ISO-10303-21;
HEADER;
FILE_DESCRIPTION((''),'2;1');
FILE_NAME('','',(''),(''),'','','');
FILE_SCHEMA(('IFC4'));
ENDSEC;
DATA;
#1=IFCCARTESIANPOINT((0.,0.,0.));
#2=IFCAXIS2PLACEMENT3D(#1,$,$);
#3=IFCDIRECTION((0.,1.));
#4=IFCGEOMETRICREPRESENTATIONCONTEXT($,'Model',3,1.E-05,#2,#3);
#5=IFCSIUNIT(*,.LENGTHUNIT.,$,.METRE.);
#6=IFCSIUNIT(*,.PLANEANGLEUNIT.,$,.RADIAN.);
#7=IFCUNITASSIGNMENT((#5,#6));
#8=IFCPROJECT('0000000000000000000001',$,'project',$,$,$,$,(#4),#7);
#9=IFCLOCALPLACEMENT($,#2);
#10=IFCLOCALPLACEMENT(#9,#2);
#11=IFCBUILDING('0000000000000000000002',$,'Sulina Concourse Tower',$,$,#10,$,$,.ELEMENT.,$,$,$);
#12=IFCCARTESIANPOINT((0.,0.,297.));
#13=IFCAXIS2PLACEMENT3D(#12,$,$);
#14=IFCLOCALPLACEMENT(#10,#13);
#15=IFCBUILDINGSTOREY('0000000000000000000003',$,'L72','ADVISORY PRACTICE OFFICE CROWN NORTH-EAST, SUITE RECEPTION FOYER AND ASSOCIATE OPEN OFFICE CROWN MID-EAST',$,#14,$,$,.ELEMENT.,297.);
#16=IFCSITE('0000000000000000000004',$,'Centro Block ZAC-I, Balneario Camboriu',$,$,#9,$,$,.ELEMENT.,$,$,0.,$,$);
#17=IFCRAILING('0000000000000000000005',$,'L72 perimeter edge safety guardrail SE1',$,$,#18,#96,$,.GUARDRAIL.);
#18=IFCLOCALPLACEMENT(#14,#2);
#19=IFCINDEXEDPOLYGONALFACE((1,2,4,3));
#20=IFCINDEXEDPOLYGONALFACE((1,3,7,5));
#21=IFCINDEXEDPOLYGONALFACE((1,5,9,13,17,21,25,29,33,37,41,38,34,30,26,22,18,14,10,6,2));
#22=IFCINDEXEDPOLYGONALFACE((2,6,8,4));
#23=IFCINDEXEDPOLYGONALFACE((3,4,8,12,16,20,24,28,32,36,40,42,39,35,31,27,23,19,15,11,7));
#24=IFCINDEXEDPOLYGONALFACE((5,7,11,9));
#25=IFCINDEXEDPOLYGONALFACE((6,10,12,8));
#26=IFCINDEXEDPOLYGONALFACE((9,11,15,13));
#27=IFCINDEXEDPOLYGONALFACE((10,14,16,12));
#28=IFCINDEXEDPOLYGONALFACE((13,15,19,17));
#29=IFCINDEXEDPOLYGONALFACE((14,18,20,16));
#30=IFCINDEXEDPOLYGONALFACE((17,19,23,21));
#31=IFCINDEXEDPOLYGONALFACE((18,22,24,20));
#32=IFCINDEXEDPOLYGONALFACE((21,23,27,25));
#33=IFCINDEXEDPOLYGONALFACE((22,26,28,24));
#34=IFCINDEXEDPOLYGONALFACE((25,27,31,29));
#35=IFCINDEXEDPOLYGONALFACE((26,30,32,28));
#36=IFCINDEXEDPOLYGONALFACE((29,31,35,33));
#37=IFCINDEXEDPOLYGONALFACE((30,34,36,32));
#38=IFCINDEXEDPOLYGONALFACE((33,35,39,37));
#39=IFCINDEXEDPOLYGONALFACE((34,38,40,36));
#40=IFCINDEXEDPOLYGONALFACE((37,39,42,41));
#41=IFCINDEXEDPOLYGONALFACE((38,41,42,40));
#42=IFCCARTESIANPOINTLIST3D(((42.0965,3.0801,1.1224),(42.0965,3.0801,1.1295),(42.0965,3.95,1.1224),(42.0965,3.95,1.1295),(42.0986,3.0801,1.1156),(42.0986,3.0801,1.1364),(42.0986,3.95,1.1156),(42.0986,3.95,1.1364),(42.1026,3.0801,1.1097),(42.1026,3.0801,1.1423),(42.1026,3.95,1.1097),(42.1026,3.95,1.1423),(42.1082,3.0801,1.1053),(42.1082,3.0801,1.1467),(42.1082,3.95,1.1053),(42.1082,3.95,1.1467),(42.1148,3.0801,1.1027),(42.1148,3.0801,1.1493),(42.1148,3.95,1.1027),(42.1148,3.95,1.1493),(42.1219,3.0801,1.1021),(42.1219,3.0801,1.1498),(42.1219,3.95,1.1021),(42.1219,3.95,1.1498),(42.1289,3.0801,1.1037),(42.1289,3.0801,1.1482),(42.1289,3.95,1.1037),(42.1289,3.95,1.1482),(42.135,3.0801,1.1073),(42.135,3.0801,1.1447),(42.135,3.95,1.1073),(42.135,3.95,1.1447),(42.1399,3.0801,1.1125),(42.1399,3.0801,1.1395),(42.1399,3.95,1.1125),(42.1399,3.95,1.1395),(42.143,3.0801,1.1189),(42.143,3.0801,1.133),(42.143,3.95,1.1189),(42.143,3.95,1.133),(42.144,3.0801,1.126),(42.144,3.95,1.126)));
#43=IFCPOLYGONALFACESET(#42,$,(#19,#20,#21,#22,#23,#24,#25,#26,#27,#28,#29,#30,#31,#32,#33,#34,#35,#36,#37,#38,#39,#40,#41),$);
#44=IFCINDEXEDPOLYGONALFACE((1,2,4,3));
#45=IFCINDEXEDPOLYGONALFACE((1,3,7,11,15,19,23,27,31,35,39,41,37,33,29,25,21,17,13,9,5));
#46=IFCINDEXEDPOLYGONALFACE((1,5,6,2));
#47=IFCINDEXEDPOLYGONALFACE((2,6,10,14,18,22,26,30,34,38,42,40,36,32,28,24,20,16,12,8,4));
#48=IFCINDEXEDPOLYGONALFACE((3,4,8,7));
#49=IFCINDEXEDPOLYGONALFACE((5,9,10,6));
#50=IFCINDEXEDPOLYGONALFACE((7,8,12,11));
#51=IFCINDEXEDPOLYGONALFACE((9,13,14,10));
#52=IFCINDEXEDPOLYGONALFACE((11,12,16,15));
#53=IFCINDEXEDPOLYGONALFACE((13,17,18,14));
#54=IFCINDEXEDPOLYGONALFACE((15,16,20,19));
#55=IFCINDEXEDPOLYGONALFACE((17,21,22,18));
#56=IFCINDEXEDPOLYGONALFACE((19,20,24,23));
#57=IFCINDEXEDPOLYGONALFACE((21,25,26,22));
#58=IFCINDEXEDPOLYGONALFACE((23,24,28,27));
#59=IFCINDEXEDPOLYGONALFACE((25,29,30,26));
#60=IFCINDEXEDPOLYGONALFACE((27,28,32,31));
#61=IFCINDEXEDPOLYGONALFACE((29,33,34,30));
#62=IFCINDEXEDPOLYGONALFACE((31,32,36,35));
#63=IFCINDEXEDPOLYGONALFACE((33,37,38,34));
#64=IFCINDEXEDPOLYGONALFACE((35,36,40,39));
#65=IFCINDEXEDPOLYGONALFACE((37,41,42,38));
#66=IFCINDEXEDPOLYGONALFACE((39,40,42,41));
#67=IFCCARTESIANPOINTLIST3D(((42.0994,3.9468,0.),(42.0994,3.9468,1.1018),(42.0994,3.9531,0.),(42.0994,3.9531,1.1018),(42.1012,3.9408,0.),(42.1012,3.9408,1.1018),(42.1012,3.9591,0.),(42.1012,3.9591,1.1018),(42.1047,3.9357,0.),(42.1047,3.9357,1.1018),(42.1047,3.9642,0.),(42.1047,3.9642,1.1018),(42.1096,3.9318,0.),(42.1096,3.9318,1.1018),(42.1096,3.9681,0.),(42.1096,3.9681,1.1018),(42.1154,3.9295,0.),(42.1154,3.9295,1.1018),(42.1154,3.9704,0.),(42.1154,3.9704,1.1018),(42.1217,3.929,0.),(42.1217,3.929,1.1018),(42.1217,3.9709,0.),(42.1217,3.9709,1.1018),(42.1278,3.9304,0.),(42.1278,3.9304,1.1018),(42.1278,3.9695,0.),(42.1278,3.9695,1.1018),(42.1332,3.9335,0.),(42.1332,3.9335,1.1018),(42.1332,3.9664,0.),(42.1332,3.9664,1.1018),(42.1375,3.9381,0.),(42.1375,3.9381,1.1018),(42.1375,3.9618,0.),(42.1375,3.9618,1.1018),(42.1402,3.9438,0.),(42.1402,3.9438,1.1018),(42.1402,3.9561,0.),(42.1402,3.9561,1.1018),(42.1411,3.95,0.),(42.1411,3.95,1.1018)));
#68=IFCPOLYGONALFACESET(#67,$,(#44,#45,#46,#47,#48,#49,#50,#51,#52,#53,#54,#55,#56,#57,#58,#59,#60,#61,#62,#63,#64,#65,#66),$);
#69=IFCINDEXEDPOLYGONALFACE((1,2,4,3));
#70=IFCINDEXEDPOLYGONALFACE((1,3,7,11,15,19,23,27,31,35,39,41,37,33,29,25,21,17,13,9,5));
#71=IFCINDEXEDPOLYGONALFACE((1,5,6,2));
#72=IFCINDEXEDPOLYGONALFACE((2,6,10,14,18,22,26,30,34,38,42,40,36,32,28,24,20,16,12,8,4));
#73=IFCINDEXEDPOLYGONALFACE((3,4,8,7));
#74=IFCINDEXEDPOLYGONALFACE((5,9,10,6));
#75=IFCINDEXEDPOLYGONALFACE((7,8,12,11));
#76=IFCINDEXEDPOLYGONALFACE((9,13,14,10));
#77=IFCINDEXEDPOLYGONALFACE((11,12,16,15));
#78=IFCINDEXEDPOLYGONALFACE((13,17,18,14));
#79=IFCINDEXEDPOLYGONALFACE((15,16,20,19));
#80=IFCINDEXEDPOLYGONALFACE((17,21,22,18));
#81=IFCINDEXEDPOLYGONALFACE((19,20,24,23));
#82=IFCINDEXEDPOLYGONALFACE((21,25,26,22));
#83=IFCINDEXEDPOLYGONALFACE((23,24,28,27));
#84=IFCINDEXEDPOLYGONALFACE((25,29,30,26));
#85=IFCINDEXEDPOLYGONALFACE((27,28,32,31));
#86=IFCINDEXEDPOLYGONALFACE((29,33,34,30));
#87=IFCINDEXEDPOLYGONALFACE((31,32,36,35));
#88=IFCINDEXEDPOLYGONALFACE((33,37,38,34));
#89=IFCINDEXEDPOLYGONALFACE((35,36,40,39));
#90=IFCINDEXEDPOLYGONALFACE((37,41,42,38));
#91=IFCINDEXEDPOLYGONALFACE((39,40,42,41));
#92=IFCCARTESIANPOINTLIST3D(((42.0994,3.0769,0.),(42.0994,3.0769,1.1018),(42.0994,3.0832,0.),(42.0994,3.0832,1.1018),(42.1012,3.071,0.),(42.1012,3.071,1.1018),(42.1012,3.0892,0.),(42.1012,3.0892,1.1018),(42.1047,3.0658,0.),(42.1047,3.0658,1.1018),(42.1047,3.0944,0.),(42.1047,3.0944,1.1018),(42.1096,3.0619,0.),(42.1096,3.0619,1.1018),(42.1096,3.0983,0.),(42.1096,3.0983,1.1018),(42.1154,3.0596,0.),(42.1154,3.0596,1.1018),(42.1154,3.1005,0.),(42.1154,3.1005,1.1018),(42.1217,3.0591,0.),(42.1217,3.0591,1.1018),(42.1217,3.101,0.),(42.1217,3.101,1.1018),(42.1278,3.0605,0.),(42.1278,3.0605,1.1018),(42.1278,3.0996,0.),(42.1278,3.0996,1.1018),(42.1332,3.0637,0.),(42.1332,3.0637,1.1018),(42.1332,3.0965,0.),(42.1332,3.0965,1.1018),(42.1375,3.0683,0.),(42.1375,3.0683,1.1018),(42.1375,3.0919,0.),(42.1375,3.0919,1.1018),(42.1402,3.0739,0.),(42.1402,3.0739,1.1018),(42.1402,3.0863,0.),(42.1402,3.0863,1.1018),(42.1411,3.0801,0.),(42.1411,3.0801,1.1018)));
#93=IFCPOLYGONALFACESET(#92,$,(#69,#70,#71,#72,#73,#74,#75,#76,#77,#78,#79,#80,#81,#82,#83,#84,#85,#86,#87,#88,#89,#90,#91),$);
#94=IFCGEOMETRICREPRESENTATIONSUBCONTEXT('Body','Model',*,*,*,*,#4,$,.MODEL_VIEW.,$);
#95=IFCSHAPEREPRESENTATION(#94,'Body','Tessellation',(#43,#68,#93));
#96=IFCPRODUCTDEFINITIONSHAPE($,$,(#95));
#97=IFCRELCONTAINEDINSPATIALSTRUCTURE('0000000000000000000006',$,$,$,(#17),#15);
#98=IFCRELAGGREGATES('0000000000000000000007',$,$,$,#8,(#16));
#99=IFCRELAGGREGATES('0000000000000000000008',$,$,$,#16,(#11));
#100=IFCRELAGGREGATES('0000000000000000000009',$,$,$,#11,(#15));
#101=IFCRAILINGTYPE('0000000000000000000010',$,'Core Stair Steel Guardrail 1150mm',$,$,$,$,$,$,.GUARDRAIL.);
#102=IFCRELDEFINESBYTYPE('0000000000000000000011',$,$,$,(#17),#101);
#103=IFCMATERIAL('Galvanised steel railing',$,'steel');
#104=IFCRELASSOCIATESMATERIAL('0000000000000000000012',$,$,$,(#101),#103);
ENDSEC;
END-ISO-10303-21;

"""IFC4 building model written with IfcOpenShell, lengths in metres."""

from ifc_helpers import new_model, si_unit, direction, frame, origin, origin_2d, place, context, subcontext, project, spatial, circle, extrude, material, type_object, element, save


model = new_model("IFC4")

# Units and contexts
model_context = context("Model", 3, precision=1e-05, world=origin(), true_north=direction((0.0, 1.0)))
body_context = subcontext(model_context, "Body", "Model", "MODEL_VIEW")
ifc_project = project(units=[si_unit("LENGTHUNIT", "METRE"), si_unit("PLANEANGLEUNIT", "RADIAN")], contexts=[model_context])

# Site, building, storey
site_placement = place(None, origin())
site = spatial("IfcSite", under=ifc_project, at=site_placement, Name="Centro Block ZAC-I, Balneario Camboriu", CompositionType="ELEMENT", RefElevation=0.0)
building_placement = place(site_placement, origin())
building = spatial("IfcBuilding", under=site, at=building_placement, Name="Sulina Concourse Tower", CompositionType="ELEMENT")
storey_placement = place(building_placement, frame((0.0, 0.0, 297.0)))
storey = spatial("IfcBuildingStorey", under=building, at=storey_placement, Name="L72", Description="ADVISORY PRACTICE OFFICE CROWN NORTH-EAST, SUITE RECEPTION FOYER AND ASSOCIATE OPEN OFFICE CROWN MID-EAST", CompositionType="ELEMENT", Elevation=297.0)

# Railing
ifc_material_1 = material(Name="Galvanised steel railing", Category="steel")
railing_type_1 = type_object("IfcRailingType", Name="Core Stair Steel Guardrail 1150mm", PredefinedType="GUARDRAIL", material=ifc_material_1)
railing_1_placement = place(storey_placement, frame((42.1201, 3.95, 0.0)))
element("IfcRailing", 1, at=railing_1_placement, inside=storey, type_object=railing_type_1, Name="L72 perimeter edge safety guardrail SE1", PredefinedType="GUARDRAIL", context=body_context, shape_type="SweptSolid", body=[
    extrude(circle(Radius=0.0239, at=origin_2d()), frame((0.0, 0.0, 1.126), z_axis=(0.0, -1.0, 0.0), x_axis=(1.0, 0.0, 0.0)), (0.0, 0.0, 1.0), 0.8699),
    extrude(circle(Radius=0.021, at=origin_2d()), origin(), (0.0, 0.0, 1.0), 1.1018),
    extrude(circle(Radius=0.021, at=origin_2d()), frame((0.0, -0.8699, 0.0)), (0.0, 0.0, 1.0), 1.1018),
])

save(model, "model.ifc")
